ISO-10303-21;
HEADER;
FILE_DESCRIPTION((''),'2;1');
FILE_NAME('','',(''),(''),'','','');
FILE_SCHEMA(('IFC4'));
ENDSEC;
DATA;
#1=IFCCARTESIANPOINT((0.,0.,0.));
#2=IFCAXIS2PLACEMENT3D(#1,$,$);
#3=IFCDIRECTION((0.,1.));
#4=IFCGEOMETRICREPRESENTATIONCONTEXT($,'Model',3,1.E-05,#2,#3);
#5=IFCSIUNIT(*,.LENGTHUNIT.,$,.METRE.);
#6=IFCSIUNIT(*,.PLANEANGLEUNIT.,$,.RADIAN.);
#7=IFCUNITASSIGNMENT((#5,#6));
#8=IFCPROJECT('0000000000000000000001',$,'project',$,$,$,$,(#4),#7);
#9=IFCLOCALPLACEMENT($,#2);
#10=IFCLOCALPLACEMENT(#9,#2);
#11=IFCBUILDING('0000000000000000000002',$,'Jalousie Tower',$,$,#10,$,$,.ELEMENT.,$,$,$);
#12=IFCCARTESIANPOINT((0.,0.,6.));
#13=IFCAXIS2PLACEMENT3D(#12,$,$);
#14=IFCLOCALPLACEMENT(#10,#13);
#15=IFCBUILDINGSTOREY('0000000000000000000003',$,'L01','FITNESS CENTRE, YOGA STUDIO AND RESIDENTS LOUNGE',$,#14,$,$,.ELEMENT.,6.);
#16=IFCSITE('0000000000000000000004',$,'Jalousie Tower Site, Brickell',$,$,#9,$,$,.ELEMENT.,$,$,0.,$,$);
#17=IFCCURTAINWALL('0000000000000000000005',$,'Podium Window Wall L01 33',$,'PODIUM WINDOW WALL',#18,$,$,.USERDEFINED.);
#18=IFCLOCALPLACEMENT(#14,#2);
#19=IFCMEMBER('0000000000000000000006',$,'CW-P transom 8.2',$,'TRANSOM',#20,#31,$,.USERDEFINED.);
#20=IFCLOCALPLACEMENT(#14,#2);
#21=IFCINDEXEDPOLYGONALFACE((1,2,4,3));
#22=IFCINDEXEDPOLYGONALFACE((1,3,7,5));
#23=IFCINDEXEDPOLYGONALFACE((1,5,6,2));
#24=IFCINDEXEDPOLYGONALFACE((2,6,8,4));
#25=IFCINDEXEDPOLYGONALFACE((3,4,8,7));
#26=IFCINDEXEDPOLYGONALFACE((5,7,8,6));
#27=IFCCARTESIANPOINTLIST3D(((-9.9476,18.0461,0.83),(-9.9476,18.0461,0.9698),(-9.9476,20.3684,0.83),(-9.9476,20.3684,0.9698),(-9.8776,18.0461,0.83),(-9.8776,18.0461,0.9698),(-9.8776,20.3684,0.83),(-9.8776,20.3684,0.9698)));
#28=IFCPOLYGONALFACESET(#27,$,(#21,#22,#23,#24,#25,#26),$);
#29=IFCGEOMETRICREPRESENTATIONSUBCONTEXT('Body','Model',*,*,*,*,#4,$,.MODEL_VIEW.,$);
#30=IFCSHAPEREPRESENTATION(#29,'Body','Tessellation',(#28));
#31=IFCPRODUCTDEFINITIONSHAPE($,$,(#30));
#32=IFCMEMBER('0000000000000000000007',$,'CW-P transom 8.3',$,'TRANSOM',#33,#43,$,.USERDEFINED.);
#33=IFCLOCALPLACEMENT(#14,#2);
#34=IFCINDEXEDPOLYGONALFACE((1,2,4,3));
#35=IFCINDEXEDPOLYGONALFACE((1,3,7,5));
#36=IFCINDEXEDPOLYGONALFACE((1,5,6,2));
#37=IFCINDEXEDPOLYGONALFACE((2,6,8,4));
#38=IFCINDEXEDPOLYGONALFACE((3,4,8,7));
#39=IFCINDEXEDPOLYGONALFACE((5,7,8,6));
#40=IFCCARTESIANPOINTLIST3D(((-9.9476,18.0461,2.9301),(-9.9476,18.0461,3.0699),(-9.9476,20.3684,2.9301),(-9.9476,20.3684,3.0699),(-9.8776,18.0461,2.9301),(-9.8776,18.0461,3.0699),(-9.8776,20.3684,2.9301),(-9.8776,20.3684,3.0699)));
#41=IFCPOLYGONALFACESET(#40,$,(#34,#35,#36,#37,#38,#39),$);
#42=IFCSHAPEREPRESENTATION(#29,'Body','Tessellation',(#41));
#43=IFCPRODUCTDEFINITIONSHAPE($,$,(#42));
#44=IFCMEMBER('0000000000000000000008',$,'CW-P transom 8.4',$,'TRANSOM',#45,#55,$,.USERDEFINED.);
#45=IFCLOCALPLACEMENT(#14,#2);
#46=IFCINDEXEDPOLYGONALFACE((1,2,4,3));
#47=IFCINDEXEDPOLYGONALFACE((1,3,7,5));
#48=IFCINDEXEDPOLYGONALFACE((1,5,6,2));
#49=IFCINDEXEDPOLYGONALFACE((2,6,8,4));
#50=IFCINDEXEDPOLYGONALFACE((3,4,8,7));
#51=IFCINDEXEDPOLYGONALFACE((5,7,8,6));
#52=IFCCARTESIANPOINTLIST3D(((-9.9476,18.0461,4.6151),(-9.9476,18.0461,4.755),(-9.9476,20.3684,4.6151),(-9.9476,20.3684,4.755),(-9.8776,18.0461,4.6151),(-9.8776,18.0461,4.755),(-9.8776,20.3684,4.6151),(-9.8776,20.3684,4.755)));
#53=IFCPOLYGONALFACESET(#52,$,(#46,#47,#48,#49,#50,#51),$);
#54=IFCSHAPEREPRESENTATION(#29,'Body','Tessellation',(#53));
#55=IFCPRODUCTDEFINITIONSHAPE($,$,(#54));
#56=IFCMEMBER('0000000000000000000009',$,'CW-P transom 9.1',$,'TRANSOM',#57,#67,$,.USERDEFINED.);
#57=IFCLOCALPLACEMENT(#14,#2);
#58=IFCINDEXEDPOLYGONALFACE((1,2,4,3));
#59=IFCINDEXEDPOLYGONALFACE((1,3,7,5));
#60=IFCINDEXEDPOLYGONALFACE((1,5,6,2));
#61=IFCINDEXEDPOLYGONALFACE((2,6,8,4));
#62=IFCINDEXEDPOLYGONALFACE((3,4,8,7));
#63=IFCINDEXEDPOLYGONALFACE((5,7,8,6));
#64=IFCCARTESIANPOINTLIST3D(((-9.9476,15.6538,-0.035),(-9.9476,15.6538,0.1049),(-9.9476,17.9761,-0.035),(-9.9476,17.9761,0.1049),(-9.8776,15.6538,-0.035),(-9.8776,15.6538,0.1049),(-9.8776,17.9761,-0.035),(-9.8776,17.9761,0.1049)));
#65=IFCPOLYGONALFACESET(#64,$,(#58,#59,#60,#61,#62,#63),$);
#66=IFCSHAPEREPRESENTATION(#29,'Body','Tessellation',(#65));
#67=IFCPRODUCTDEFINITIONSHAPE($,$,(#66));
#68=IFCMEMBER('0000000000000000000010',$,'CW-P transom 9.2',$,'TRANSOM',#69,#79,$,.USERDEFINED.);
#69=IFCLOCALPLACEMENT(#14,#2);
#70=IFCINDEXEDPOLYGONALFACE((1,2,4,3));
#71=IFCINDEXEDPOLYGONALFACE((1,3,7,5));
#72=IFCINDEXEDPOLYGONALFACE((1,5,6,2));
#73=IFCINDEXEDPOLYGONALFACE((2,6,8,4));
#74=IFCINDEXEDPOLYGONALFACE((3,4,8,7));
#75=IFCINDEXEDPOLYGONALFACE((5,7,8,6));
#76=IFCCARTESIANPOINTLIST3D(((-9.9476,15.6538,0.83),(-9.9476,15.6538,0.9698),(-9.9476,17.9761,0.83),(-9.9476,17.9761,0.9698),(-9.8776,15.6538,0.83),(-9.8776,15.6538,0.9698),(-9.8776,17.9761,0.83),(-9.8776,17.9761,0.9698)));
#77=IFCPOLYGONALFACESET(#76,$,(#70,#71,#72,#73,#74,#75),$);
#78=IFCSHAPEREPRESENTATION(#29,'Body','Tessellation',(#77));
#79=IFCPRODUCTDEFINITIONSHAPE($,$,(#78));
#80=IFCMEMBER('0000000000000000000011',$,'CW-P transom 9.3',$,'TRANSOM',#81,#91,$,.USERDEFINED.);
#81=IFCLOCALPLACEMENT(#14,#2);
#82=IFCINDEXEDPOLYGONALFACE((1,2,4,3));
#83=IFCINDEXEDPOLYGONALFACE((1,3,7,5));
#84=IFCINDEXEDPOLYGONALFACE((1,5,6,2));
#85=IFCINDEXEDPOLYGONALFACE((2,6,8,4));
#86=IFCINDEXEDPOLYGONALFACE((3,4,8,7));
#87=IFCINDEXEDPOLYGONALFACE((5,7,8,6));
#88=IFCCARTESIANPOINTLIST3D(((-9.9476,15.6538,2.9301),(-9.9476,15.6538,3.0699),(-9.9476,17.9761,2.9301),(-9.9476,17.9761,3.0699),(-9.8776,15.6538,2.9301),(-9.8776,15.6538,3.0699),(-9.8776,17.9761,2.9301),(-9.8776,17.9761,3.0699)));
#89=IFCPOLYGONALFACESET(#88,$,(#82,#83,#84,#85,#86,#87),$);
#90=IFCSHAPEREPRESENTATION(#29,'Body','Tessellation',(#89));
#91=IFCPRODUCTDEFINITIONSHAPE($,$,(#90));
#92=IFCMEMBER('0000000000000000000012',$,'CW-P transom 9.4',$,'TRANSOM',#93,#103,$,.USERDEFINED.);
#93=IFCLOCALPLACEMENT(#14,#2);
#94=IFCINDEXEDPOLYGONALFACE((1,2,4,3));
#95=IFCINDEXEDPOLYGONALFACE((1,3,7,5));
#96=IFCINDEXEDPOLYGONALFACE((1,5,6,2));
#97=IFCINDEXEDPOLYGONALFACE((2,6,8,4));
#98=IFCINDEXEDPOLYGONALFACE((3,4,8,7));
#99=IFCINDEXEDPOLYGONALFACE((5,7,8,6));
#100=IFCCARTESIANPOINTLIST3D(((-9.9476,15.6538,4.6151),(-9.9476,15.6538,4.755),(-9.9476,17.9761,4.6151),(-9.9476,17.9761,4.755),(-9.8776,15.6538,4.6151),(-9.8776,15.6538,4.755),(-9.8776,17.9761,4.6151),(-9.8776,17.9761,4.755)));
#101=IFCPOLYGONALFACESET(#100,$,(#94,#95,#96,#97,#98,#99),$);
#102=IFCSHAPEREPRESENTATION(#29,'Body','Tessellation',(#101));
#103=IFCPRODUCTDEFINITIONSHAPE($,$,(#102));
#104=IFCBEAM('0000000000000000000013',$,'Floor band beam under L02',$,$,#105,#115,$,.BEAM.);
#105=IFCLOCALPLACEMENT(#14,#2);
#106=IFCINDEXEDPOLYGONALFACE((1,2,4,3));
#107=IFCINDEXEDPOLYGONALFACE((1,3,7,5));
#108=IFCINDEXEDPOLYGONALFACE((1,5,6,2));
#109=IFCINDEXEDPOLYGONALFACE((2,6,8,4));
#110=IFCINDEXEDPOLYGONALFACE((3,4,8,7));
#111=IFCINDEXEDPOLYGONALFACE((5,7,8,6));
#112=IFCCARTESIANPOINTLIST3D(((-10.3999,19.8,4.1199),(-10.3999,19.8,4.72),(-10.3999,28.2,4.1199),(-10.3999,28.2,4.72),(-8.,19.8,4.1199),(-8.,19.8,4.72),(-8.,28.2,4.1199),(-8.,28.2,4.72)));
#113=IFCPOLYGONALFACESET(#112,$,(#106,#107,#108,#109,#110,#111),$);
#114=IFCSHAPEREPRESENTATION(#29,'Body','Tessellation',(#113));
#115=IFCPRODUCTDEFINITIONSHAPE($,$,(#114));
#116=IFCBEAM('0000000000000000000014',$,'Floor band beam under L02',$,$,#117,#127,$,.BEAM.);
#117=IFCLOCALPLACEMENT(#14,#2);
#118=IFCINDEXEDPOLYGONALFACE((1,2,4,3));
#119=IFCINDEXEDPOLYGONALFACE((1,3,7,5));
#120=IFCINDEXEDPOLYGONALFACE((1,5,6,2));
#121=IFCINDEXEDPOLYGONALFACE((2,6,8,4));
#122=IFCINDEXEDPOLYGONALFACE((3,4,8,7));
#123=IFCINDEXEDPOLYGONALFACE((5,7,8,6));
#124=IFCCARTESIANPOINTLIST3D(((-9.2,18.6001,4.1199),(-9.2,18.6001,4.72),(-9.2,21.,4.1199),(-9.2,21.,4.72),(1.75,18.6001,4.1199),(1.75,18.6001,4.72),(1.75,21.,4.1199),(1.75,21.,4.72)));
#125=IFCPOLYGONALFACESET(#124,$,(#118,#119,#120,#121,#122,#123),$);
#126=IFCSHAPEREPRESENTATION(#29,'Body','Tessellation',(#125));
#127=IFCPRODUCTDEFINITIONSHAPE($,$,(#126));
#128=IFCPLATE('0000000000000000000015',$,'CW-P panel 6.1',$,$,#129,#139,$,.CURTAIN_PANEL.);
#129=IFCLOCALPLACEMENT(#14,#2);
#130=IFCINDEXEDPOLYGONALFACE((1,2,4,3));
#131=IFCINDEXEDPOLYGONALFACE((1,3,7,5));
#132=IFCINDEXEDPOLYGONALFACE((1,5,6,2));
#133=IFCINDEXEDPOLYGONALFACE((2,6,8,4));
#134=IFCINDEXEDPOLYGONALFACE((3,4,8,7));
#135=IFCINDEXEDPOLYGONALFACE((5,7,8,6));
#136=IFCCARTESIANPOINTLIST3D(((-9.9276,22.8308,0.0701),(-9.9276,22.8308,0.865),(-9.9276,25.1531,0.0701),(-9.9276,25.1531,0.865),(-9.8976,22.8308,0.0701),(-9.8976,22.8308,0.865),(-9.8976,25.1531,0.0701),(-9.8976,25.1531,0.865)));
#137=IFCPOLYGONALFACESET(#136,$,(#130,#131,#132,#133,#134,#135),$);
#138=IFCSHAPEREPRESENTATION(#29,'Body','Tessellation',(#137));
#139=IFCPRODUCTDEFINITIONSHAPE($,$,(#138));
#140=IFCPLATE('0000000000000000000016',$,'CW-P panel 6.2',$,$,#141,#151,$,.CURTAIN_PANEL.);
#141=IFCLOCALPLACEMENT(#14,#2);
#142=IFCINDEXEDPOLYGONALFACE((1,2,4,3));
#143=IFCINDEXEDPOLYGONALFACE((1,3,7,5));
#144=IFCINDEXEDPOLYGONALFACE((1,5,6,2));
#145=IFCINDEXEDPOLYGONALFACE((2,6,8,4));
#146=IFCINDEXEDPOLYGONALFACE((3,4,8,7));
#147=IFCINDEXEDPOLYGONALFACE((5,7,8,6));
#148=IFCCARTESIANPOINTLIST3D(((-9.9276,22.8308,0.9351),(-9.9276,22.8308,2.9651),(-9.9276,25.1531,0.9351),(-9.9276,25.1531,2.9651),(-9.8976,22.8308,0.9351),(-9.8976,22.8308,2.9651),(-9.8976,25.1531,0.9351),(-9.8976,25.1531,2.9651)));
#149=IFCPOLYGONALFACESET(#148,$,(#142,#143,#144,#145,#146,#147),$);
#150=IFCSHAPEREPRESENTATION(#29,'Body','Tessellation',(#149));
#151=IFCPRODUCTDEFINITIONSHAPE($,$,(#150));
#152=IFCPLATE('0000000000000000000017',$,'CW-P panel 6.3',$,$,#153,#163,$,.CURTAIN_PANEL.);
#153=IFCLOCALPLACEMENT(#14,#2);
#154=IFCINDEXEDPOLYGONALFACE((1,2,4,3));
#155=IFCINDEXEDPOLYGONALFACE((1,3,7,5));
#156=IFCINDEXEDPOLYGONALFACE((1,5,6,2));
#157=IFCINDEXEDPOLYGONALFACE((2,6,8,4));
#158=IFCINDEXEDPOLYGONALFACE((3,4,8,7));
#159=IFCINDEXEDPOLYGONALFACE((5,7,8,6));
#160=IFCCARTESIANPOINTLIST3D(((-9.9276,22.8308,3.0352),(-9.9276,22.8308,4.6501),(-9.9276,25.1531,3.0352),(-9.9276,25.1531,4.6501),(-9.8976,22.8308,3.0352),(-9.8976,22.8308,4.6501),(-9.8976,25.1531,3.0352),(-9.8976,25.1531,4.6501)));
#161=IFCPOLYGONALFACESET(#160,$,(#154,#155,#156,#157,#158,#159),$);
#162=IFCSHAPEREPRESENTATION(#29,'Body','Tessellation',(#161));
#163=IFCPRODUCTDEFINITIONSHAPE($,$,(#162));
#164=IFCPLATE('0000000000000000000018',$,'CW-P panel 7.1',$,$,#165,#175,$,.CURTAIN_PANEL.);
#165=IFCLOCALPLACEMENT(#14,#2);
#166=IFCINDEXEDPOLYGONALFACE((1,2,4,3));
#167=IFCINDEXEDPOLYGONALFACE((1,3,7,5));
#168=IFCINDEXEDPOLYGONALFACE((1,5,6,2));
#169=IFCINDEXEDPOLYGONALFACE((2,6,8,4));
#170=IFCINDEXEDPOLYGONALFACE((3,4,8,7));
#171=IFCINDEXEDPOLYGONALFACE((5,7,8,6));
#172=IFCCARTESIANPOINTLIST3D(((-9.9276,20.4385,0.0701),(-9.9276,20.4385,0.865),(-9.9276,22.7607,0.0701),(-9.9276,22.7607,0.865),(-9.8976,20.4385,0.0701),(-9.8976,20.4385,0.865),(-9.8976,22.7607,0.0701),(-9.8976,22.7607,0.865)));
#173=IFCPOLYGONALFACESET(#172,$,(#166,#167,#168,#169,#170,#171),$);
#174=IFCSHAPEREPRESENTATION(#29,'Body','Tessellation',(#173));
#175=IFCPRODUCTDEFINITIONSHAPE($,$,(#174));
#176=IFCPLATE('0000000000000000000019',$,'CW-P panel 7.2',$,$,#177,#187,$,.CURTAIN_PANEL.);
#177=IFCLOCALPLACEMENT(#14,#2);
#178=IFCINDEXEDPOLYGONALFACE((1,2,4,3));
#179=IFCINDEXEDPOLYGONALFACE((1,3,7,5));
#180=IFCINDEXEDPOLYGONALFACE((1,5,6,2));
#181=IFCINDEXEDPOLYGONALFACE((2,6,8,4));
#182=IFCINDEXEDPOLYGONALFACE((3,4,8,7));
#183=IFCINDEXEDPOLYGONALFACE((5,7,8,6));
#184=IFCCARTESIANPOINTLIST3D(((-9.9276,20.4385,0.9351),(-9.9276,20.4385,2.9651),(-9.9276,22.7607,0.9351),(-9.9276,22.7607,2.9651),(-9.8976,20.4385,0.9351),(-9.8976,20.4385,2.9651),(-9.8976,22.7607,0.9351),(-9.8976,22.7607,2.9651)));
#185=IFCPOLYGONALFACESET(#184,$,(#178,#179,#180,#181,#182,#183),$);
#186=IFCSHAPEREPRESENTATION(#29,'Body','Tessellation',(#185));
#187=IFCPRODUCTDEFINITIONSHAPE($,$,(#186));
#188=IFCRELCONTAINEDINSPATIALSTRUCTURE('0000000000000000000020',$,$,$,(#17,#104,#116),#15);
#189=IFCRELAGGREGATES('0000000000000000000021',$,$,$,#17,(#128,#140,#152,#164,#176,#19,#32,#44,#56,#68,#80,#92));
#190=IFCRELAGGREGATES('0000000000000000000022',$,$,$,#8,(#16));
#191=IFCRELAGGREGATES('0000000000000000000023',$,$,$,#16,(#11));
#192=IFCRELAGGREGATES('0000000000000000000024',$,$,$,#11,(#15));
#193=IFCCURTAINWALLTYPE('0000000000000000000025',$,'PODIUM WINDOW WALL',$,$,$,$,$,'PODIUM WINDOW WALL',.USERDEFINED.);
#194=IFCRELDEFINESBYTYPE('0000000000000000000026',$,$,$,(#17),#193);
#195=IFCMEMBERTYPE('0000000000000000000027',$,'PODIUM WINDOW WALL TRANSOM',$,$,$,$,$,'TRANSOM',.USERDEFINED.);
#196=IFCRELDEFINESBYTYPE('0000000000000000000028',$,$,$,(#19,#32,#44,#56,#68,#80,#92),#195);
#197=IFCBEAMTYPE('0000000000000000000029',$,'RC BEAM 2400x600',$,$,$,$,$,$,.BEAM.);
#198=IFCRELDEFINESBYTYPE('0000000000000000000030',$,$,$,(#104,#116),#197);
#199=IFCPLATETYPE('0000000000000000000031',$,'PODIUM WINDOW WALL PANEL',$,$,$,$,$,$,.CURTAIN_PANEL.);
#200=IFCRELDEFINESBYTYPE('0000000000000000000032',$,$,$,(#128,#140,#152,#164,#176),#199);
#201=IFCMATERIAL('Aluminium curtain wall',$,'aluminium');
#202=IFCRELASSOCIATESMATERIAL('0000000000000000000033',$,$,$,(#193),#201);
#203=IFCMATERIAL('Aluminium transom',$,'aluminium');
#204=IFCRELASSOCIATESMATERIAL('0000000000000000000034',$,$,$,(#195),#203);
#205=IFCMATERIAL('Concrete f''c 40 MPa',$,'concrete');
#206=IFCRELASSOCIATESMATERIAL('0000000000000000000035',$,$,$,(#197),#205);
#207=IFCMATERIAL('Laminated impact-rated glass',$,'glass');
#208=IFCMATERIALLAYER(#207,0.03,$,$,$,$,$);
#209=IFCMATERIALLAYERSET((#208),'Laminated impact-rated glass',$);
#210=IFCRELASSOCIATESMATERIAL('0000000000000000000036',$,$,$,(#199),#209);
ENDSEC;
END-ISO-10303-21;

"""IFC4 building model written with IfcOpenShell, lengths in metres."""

from ifc_helpers import new_model, si_unit, direction, frame, origin, origin_2d, place, context, subcontext, project, spatial, rectangle, extrude, material, layer, layer_set, material_profile, profile_set, type_object, element, aggregate, save


model = new_model("IFC4")

# Units and contexts
model_context = context("Model", 3, precision=1e-05, world=origin(), true_north=direction((0.0, 1.0)))
body_context = subcontext(model_context, "Body", "Model", "MODEL_VIEW")
ifc_project = project(units=[si_unit("LENGTHUNIT", "METRE"), si_unit("PLANEANGLEUNIT", "RADIAN")], contexts=[model_context])

# Site, building, storey
site_placement = place(None, origin())
site = spatial("IfcSite", under=ifc_project, at=site_placement, Name="Jalousie Tower Site, Brickell", CompositionType="ELEMENT", RefElevation=0.0)
building_placement = place(site_placement, origin())
building = spatial("IfcBuilding", under=site, at=building_placement, Name="Jalousie Tower", CompositionType="ELEMENT")
storey_placement = place(building_placement, frame((0.0, 0.0, 6.0)))
storey = spatial("IfcBuildingStorey", under=building, at=storey_placement, Name="L01", Description="FITNESS CENTRE, YOGA STUDIO AND RESIDENTS LOUNGE", CompositionType="ELEMENT", Elevation=6.0)

# Curtain wall, members
ifc_material_1 = material(Name="Aluminium curtain wall", Category="aluminium")
curtain_wall_type = type_object("IfcCurtainWallType", Name="PODIUM WINDOW WALL", ElementType="PODIUM WINDOW WALL", PredefinedType="USERDEFINED", material=ifc_material_1)
curtain_wall_placement = place(storey_placement, origin())
curtain_wall = element("IfcCurtainWall", 1, at=curtain_wall_placement, inside=storey, type_object=curtain_wall_type, Name="Podium Window Wall L01 33", ObjectType="PODIUM WINDOW WALL", PredefinedType="USERDEFINED")
ifc_material_2 = material(Name="Aluminium transom", Category="aluminium")
ifc_material_profile_1 = material_profile(ifc_material_2, rectangle(XDim=0.0701, YDim=0.1399, at=origin_2d()), Name="TRANSOM 70x140")
ifc_profile_set_1 = profile_set([ifc_material_profile_1], Name="Aluminium transom")
member_type_1 = type_object("IfcMemberType", Name="PODIUM WINDOW WALL TRANSOM", ElementType="TRANSOM", PredefinedType="USERDEFINED", material=ifc_profile_set_1)
member_1_placement = place(storey_placement, frame((-9.9126, 20.3684, 0.8999), z_axis=(0.0, -1.0, 0.0), x_axis=(1.0, 0.0, 0.0)))
member_1 = element("IfcMember", 2, at=member_1_placement, type_object=member_type_1, Name="CW-P transom 8.2", ObjectType="TRANSOM", PredefinedType="USERDEFINED", context=body_context, shape_type="SweptSolid", body=[
    extrude(rectangle(XDim=0.0701, YDim=0.1399, at=origin_2d()), origin(), (0.0, 0.0, 1.0), 2.3223),
])
member_2_placement = place(storey_placement, frame((-9.9126, 20.3684, 3.0), z_axis=(0.0, -1.0, 0.0), x_axis=(1.0, 0.0, 0.0)))
member_2 = element("IfcMember", 3, at=member_2_placement, type_object=member_type_1, Name="CW-P transom 8.3", ObjectType="TRANSOM", PredefinedType="USERDEFINED", context=body_context, shape_type="SweptSolid", body=[
    extrude(rectangle(XDim=0.0701, YDim=0.1399, at=origin_2d()), origin(), (0.0, 0.0, 1.0), 2.3223),
])
member_3_placement = place(storey_placement, frame((-9.9126, 20.3684, 4.6851), z_axis=(0.0, -1.0, 0.0), x_axis=(1.0, 0.0, 0.0)))
member_3 = element("IfcMember", 4, at=member_3_placement, type_object=member_type_1, Name="CW-P transom 8.4", ObjectType="TRANSOM", PredefinedType="USERDEFINED", context=body_context, shape_type="SweptSolid", body=[
    extrude(rectangle(XDim=0.0701, YDim=0.1399, at=origin_2d()), origin(), (0.0, 0.0, 1.0), 2.3223),
])
member_4_placement = place(storey_placement, frame((-9.9126, 17.9761, 0.0349), z_axis=(0.0, -1.0, 0.0), x_axis=(1.0, 0.0, 0.0)))
member_4 = element("IfcMember", 5, at=member_4_placement, type_object=member_type_1, Name="CW-P transom 9.1", ObjectType="TRANSOM", PredefinedType="USERDEFINED", context=body_context, shape_type="SweptSolid", body=[
    extrude(rectangle(XDim=0.0701, YDim=0.1399, at=origin_2d()), origin(), (0.0, 0.0, 1.0), 2.3223),
])
member_5_placement = place(storey_placement, frame((-9.9126, 17.9761, 0.8999), z_axis=(0.0, -1.0, 0.0), x_axis=(1.0, 0.0, 0.0)))
member_5 = element("IfcMember", 6, at=member_5_placement, type_object=member_type_1, Name="CW-P transom 9.2", ObjectType="TRANSOM", PredefinedType="USERDEFINED", context=body_context, shape_type="SweptSolid", body=[
    extrude(rectangle(XDim=0.0701, YDim=0.1399, at=origin_2d()), origin(), (0.0, 0.0, 1.0), 2.3223),
])
member_6_placement = place(storey_placement, frame((-9.9126, 17.9761, 3.0), z_axis=(0.0, -1.0, 0.0), x_axis=(1.0, 0.0, 0.0)))
member_6 = element("IfcMember", 7, at=member_6_placement, type_object=member_type_1, Name="CW-P transom 9.3", ObjectType="TRANSOM", PredefinedType="USERDEFINED", context=body_context, shape_type="SweptSolid", body=[
    extrude(rectangle(XDim=0.0701, YDim=0.1399, at=origin_2d()), origin(), (0.0, 0.0, 1.0), 2.3223),
])
member_7_placement = place(storey_placement, frame((-9.9126, 17.9761, 4.6851), z_axis=(0.0, -1.0, 0.0), x_axis=(1.0, 0.0, 0.0)))
member_7 = element("IfcMember", 8, at=member_7_placement, type_object=member_type_1, Name="CW-P transom 9.4", ObjectType="TRANSOM", PredefinedType="USERDEFINED", context=body_context, shape_type="SweptSolid", body=[
    extrude(rectangle(XDim=0.0701, YDim=0.1399, at=origin_2d()), origin(), (0.0, 0.0, 1.0), 2.3223),
])

# Beams
ifc_material_3 = material(Name="Concrete f'c 40 MPa", Category="concrete")
ifc_material_profile_2 = material_profile(ifc_material_3, rectangle(XDim=2.3999, YDim=0.6001, at=origin_2d()), Name="RC 2400x600")
ifc_profile_set_2 = profile_set([ifc_material_profile_2], Name="Concrete f'c 40 MPa")
beam_type = type_object("IfcBeamType", Name="RC BEAM 2400x600", PredefinedType="BEAM", material=ifc_profile_set_2)
beam_1_placement = place(storey_placement, frame((-9.2, 19.8, 4.4199), z_axis=(0.0, 1.0, 0.0), x_axis=(-1.0, 0.0, 0.0)))
element("IfcBeam", 9, at=beam_1_placement, inside=storey, type_object=beam_type, Name="Floor band beam under L02", PredefinedType="BEAM", context=body_context, shape_type="SweptSolid", body=[
    extrude(rectangle(XDim=2.3999, YDim=0.6001, at=origin_2d()), origin(), (0.0, 0.0, 1.0), 8.3999),
])
beam_2_placement = place(storey_placement, frame((-9.2, 19.8, 4.4199), z_axis=(1.0, 0.0, 0.0), x_axis=(0.0, 1.0, 0.0)))
element("IfcBeam", 10, at=beam_2_placement, inside=storey, type_object=beam_type, Name="Floor band beam under L02", PredefinedType="BEAM", context=body_context, shape_type="SweptSolid", body=[
    extrude(rectangle(XDim=2.3999, YDim=0.6001, at=origin_2d()), origin(), (0.0, 0.0, 1.0), 10.95),
])

# Plates
ifc_material_4 = material(Name="Laminated impact-rated glass", Category="glass")
ifc_layer = layer(ifc_material_4, 0.03)
ifc_layer_set = layer_set([ifc_layer], Name="Laminated impact-rated glass")
plate_type = type_object("IfcPlateType", Name="PODIUM WINDOW WALL PANEL", PredefinedType="CURTAIN_PANEL", material=ifc_layer_set)
plate_1_placement = place(storey_placement, frame((-9.9126, 23.9919, 0.0701), z_axis=(0.0, 0.0, 1.0), x_axis=(0.0, -1.0, 0.0)))
plate_1 = element("IfcPlate", 11, at=plate_1_placement, type_object=plate_type, Name="CW-P panel 6.1", PredefinedType="CURTAIN_PANEL", context=body_context, shape_type="SweptSolid", body=[
    extrude(rectangle(XDim=2.3223, YDim=0.03, at=origin_2d()), origin(), (0.0, 0.0, 1.0), 0.7949),
])
plate_2_placement = place(storey_placement, frame((-9.9126, 23.9919, 0.9351), z_axis=(0.0, 0.0, 1.0), x_axis=(0.0, -1.0, 0.0)))
plate_2 = element("IfcPlate", 12, at=plate_2_placement, type_object=plate_type, Name="CW-P panel 6.2", PredefinedType="CURTAIN_PANEL", context=body_context, shape_type="SweptSolid", body=[
    extrude(rectangle(XDim=2.3223, YDim=0.03, at=origin_2d()), origin(), (0.0, 0.0, 1.0), 2.03),
])
plate_3_placement = place(storey_placement, frame((-9.9126, 23.9919, 3.0352), z_axis=(0.0, 0.0, 1.0), x_axis=(0.0, -1.0, 0.0)))
plate_3 = element("IfcPlate", 13, at=plate_3_placement, type_object=plate_type, Name="CW-P panel 6.3", PredefinedType="CURTAIN_PANEL", context=body_context, shape_type="SweptSolid", body=[
    extrude(rectangle(XDim=2.3223, YDim=0.03, at=origin_2d()), origin(), (0.0, 0.0, 1.0), 1.615),
])
plate_4_placement = place(storey_placement, frame((-9.9126, 21.5996, 0.0701), z_axis=(0.0, 0.0, 1.0), x_axis=(0.0, -1.0, 0.0)))
plate_4 = element("IfcPlate", 14, at=plate_4_placement, type_object=plate_type, Name="CW-P panel 7.1", PredefinedType="CURTAIN_PANEL", context=body_context, shape_type="SweptSolid", body=[
    extrude(rectangle(XDim=2.3223, YDim=0.03, at=origin_2d()), origin(), (0.0, 0.0, 1.0), 0.7949),
])
plate_5_placement = place(storey_placement, frame((-9.9126, 21.5996, 0.9351), z_axis=(0.0, 0.0, 1.0), x_axis=(0.0, -1.0, 0.0)))
plate_5 = element("IfcPlate", 15, at=plate_5_placement, type_object=plate_type, Name="CW-P panel 7.2", PredefinedType="CURTAIN_PANEL", context=body_context, shape_type="SweptSolid", body=[
    extrude(rectangle(XDim=2.3223, YDim=0.03, at=origin_2d()), origin(), (0.0, 0.0, 1.0), 2.03),
])
aggregate(curtain_wall, [plate_1, plate_2, plate_3, plate_4, plate_5, member_1, member_2, member_3, member_4, member_5, member_6, member_7])

save(model, "model.ifc")
